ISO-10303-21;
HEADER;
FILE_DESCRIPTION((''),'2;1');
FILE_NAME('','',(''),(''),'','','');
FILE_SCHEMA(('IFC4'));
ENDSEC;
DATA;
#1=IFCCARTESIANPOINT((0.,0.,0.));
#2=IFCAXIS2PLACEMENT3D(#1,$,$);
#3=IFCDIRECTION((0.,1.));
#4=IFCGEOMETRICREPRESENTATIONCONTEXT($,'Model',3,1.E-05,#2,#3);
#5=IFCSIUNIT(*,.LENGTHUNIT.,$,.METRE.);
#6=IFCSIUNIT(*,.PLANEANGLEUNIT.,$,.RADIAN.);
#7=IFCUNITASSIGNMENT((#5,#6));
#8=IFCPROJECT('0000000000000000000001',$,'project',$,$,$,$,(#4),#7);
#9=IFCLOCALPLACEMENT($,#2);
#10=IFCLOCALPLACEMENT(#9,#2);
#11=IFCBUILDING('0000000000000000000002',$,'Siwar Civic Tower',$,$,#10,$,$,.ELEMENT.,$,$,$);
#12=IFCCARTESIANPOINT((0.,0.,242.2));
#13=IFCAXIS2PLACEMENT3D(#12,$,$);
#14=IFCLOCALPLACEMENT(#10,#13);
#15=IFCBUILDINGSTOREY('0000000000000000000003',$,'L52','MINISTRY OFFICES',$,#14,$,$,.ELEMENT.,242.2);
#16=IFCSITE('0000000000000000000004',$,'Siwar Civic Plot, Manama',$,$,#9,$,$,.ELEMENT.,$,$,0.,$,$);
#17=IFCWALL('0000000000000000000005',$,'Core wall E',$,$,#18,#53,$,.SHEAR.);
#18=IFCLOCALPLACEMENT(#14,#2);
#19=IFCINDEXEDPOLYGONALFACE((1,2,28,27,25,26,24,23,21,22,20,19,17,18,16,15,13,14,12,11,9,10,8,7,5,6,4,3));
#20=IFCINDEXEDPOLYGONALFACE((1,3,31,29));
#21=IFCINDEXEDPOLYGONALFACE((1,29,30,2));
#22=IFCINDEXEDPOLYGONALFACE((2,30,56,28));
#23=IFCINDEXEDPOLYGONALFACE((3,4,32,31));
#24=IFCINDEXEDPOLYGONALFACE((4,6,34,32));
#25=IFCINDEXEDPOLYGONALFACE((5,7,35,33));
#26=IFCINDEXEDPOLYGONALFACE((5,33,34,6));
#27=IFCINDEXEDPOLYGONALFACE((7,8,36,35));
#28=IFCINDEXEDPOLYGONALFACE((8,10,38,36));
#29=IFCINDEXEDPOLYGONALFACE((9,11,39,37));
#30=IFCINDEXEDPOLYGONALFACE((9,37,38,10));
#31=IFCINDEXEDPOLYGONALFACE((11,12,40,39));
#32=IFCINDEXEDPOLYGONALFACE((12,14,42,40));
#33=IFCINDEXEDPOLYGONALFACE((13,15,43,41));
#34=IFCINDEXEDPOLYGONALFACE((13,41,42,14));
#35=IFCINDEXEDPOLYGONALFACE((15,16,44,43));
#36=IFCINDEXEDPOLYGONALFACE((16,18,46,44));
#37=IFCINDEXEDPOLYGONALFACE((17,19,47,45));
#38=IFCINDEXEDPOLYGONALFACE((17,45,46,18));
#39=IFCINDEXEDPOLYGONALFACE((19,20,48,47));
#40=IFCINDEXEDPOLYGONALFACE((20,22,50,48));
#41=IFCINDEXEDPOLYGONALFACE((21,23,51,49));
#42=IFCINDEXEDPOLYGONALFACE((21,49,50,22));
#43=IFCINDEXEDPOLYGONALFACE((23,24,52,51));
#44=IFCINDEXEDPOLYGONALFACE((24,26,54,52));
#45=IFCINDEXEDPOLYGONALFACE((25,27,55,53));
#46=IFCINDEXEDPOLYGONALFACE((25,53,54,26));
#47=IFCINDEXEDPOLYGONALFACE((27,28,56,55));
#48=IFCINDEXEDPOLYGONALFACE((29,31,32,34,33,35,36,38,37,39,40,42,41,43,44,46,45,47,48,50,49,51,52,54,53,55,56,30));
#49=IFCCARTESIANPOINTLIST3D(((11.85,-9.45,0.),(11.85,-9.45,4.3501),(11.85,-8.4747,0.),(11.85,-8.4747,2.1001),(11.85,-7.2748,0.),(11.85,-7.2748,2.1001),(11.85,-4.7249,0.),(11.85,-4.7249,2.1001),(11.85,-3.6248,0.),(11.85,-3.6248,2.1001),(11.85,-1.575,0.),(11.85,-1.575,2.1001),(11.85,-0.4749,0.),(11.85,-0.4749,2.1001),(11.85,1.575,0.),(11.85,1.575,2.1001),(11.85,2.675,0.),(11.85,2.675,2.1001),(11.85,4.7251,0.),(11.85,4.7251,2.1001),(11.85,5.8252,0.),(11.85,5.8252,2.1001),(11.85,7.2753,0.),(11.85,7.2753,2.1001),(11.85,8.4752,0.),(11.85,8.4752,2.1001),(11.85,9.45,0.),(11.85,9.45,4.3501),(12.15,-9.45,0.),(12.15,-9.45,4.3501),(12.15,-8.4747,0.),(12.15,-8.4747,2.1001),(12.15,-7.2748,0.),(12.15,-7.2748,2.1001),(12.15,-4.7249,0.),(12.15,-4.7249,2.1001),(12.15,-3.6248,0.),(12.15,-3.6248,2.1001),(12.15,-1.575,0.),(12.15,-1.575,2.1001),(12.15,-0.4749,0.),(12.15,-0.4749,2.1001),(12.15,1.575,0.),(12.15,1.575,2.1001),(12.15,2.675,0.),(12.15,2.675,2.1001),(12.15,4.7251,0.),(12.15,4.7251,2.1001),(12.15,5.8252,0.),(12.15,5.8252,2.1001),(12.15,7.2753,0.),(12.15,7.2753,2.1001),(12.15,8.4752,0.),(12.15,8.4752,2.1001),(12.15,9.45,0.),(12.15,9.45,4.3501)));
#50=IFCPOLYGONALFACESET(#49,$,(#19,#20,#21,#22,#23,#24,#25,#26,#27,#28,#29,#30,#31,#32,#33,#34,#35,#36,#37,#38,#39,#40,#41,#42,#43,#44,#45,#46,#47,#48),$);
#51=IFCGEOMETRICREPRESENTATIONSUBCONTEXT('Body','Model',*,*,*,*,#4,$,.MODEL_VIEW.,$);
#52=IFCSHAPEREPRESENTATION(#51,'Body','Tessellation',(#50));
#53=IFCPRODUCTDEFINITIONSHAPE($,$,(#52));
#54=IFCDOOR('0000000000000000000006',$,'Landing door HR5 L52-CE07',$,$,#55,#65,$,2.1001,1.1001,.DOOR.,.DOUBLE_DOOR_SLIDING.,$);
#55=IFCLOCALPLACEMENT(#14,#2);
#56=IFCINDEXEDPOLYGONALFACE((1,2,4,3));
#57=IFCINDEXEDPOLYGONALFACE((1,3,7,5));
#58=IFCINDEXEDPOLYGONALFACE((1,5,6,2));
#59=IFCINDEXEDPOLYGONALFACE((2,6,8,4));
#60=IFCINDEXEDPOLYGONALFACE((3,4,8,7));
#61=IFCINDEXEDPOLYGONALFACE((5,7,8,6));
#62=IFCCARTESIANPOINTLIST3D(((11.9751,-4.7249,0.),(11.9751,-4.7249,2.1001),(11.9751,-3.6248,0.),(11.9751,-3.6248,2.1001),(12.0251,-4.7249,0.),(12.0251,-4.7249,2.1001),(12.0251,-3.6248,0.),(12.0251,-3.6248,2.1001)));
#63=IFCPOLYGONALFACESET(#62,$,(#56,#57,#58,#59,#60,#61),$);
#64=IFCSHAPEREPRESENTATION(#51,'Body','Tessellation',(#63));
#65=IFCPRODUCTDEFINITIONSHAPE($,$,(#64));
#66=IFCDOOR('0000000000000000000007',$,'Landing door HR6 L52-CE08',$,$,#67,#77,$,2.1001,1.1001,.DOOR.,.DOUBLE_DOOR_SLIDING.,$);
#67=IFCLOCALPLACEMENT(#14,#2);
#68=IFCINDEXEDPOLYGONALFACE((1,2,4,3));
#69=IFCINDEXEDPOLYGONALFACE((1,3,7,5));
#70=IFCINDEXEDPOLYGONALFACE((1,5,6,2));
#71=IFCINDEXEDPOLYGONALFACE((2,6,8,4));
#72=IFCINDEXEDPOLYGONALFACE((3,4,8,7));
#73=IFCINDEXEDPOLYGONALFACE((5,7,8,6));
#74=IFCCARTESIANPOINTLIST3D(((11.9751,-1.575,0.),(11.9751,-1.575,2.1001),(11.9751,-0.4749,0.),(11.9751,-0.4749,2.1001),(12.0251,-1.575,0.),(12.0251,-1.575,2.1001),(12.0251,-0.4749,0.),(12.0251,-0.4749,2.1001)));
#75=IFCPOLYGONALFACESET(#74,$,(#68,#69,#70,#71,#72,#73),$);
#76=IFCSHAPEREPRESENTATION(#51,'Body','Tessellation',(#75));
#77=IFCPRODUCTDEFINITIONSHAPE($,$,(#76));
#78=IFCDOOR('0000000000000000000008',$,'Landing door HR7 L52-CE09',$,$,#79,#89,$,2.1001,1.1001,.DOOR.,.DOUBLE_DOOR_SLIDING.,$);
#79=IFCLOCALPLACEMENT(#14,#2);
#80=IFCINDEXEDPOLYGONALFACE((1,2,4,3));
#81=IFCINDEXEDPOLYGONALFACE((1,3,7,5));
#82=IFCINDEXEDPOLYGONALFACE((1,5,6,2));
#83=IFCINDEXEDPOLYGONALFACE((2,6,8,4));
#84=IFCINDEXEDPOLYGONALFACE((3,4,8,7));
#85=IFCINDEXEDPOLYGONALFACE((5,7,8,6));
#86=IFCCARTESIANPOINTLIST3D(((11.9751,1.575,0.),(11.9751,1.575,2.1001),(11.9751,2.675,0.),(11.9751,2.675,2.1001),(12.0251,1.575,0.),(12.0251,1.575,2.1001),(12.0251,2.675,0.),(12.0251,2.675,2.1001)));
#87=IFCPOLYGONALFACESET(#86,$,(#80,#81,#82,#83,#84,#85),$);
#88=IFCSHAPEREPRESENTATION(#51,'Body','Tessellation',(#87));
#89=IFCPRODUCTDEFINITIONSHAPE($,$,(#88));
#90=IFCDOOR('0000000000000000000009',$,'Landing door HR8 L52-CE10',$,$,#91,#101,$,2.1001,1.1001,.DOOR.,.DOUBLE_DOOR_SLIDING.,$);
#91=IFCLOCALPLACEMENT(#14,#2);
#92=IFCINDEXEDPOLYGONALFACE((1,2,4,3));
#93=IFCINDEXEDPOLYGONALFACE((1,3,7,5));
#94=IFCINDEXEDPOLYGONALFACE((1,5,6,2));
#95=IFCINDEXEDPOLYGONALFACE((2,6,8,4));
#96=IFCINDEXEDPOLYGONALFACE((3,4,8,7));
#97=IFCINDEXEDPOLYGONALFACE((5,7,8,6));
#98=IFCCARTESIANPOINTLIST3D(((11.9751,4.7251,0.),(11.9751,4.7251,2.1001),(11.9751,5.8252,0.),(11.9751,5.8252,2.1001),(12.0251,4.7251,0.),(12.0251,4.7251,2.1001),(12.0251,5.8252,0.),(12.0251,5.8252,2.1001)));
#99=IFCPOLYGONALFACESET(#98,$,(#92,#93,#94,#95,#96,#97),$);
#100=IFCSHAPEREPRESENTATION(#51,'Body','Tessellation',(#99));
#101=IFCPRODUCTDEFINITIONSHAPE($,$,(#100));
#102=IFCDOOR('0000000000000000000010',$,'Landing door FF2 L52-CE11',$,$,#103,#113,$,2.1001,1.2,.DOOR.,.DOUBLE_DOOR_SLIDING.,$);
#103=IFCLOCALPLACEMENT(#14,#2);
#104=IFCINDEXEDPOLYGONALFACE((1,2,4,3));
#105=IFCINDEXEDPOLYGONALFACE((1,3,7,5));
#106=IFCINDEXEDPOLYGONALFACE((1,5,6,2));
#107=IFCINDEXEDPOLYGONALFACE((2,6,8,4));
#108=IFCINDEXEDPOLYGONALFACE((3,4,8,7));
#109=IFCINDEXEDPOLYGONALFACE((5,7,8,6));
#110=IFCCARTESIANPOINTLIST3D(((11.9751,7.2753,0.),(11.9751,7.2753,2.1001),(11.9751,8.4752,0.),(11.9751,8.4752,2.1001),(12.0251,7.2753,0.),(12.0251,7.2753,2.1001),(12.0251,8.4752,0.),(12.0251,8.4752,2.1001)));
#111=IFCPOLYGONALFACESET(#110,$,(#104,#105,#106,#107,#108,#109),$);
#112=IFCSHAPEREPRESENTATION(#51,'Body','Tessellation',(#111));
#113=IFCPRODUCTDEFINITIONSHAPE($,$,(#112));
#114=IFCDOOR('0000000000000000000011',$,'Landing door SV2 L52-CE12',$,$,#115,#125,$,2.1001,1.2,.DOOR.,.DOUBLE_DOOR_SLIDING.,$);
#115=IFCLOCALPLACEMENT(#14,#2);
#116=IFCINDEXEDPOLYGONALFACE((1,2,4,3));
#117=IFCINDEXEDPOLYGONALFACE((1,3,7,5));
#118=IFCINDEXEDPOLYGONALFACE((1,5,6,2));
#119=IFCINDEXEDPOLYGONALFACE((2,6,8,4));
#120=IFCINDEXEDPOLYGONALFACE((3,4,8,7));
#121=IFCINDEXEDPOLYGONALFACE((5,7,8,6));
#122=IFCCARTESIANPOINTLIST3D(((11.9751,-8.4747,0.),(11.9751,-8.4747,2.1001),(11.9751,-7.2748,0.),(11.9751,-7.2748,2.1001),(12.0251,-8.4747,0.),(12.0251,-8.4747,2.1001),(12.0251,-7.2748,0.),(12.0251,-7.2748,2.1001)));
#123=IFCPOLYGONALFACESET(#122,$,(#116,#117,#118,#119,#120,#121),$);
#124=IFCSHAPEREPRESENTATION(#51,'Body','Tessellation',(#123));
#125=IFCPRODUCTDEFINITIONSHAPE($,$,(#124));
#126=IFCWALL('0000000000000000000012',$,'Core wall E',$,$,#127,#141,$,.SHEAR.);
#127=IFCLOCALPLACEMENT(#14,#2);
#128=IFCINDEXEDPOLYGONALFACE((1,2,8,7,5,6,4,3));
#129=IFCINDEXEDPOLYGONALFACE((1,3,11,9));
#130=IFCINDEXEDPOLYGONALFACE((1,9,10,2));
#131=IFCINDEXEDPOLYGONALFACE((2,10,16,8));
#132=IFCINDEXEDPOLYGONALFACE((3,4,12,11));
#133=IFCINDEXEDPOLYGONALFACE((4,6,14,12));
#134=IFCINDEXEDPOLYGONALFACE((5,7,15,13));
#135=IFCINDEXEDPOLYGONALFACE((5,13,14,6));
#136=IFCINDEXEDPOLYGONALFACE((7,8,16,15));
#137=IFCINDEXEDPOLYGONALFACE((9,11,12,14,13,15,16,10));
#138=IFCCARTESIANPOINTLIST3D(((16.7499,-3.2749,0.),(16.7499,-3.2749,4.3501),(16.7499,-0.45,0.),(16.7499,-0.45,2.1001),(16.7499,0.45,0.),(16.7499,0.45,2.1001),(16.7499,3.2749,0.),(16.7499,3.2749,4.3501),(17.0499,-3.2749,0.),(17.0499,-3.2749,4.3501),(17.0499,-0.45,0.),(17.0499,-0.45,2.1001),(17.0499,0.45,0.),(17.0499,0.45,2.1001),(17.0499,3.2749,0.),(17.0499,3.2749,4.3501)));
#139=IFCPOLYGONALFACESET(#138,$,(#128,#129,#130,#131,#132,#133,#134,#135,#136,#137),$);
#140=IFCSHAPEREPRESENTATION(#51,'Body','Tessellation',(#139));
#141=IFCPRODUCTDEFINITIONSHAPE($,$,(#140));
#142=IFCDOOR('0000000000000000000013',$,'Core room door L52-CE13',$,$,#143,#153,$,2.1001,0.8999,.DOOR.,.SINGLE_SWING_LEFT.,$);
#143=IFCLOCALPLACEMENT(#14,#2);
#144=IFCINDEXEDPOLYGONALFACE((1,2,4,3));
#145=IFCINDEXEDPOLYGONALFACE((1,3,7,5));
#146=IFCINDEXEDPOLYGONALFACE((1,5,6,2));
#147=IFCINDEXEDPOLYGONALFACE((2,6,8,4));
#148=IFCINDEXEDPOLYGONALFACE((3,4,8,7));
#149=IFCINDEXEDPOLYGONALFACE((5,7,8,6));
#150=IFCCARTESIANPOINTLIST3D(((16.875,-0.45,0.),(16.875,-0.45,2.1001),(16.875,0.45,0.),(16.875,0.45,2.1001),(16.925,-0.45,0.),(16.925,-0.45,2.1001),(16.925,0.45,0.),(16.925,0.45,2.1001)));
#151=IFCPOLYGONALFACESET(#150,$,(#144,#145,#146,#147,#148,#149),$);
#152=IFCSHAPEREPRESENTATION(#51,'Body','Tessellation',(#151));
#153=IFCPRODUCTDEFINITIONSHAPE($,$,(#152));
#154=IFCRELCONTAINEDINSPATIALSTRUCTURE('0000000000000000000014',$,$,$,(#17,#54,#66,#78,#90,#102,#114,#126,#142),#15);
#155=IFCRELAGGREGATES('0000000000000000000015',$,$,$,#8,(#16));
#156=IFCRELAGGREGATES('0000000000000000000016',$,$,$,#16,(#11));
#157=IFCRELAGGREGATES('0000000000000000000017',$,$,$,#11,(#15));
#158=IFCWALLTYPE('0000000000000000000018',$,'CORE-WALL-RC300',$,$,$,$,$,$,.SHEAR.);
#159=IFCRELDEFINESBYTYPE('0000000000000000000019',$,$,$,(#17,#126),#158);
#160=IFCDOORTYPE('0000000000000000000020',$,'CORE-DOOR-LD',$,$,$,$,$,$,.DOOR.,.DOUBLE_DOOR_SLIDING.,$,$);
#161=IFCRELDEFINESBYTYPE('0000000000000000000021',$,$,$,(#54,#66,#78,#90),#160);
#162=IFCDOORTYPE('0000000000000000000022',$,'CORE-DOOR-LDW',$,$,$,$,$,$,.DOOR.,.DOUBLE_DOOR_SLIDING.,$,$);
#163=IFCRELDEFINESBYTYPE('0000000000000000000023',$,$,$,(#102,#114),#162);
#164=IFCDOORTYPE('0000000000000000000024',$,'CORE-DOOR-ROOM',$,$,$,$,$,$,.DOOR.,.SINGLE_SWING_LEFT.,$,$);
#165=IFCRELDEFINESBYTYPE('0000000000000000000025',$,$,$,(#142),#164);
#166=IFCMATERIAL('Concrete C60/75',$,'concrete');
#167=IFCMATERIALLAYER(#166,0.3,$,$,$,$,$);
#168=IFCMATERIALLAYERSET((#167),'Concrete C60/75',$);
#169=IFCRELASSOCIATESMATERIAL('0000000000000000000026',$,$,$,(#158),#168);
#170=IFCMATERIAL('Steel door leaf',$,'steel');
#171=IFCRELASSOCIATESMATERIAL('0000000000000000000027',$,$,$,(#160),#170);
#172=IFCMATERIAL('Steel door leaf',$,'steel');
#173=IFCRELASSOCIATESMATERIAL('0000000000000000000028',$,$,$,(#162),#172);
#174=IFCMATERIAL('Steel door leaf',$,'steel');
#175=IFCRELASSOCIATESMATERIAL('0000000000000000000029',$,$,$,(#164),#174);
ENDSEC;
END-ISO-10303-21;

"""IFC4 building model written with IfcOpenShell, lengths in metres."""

from ifc_helpers import new_model, si_unit, direction, frame, frame_2d, origin, place, context, subcontext, project, spatial, rectangle, extrude, material, layer, layer_set, type_object, element, fill, save


model = new_model("IFC4")

# Units and contexts
model_context = context("Model", 3, precision=1e-05, world=origin(), true_north=direction((0.0, 1.0)))
body_context = subcontext(model_context, "Body", "Model", "MODEL_VIEW")
ifc_project = project(units=[si_unit("LENGTHUNIT", "METRE"), si_unit("PLANEANGLEUNIT", "RADIAN")], contexts=[model_context])

# Site, building, storey
site_placement = place(None, origin())
site = spatial("IfcSite", under=ifc_project, at=site_placement, Name="Siwar Civic Plot, Manama", CompositionType="ELEMENT", RefElevation=0.0)
building_placement = place(site_placement, origin())
building = spatial("IfcBuilding", under=site, at=building_placement, Name="Siwar Civic Tower", CompositionType="ELEMENT")
storey_placement = place(building_placement, frame((0.0, 0.0, 242.2)))
storey = spatial("IfcBuildingStorey", under=building, at=storey_placement, Name="L52", Description="MINISTRY OFFICES", CompositionType="ELEMENT", Elevation=242.2)

# Wall, openings, doors
ifc_material_1 = material(Name="Concrete C60/75", Category="concrete")
ifc_layer_1 = layer(ifc_material_1, 0.3)
ifc_layer_set_1 = layer_set([ifc_layer_1], Name="Concrete C60/75")
wall_type_1 = type_object("IfcWallType", Name="CORE-WALL-RC300", PredefinedType="SHEAR", material=ifc_layer_set_1)
wall_1_placement = place(storey_placement, frame((12.0, -9.45, 0.0), z_axis=(0.0, 0.0, 1.0), x_axis=(0.0, 1.0, 0.0)))
wall_1 = element("IfcWall", 1, at=wall_1_placement, inside=storey, type_object=wall_type_1, Name="Core wall E", PredefinedType="SHEAR", context=body_context, shape_type="SweptSolid", body=[
    extrude(rectangle(XDim=18.8999, YDim=0.3, at=frame_2d((9.45, 0.0))), origin(), (0.0, 0.0, 1.0), 4.3501),
])
opening_1_placement = place(wall_1_placement, frame((4.7251, 0.0, 0.0)))
opening_1 = element("IfcOpeningElement", 2, at=opening_1_placement, cuts=wall_1, PredefinedType="OPENING", context=body_context, shape_type="SweptSolid", body=[
    extrude(rectangle(XDim=1.1001, YDim=2.1001, at=frame_2d((0.55, 1.05))), frame((0.0, 0.1602, 0.0), z_axis=(0.0, -1.0, 0.0), x_axis=(1.0, 0.0, 0.0)), (0.0, 0.0, 1.0), 0.3201),
])
opening_2_placement = place(wall_1_placement, frame((7.875, 0.0, 0.0)))
opening_2 = element("IfcOpeningElement", 3, at=opening_2_placement, cuts=wall_1, PredefinedType="OPENING", context=body_context, shape_type="SweptSolid", body=[
    extrude(rectangle(XDim=1.1001, YDim=2.1001, at=frame_2d((0.55, 1.05))), frame((0.0, 0.1602, 0.0), z_axis=(0.0, -1.0, 0.0), x_axis=(1.0, 0.0, 0.0)), (0.0, 0.0, 1.0), 0.3201),
])
opening_3_placement = place(wall_1_placement, frame((11.0249, 0.0, 0.0)))
opening_3 = element("IfcOpeningElement", 4, at=opening_3_placement, cuts=wall_1, PredefinedType="OPENING", context=body_context, shape_type="SweptSolid", body=[
    extrude(rectangle(XDim=1.1001, YDim=2.1001, at=frame_2d((0.55, 1.05))), frame((0.0, 0.1602, 0.0), z_axis=(0.0, -1.0, 0.0), x_axis=(1.0, 0.0, 0.0)), (0.0, 0.0, 1.0), 0.3201),
])
opening_4_placement = place(wall_1_placement, frame((14.175, 0.0, 0.0)))
opening_4 = element("IfcOpeningElement", 5, at=opening_4_placement, cuts=wall_1, PredefinedType="OPENING", context=body_context, shape_type="SweptSolid", body=[
    extrude(rectangle(XDim=1.1001, YDim=2.1001, at=frame_2d((0.55, 1.05))), frame((0.0, 0.1602, 0.0), z_axis=(0.0, -1.0, 0.0), x_axis=(1.0, 0.0, 0.0)), (0.0, 0.0, 1.0), 0.3201),
])
opening_5_placement = place(wall_1_placement, frame((16.7251, 0.0, 0.0)))
opening_5 = element("IfcOpeningElement", 6, at=opening_5_placement, cuts=wall_1, PredefinedType="OPENING", context=body_context, shape_type="SweptSolid", body=[
    extrude(rectangle(XDim=1.2, YDim=2.1001, at=frame_2d((0.6001, 1.05))), frame((0.0, 0.1602, 0.0), z_axis=(0.0, -1.0, 0.0), x_axis=(1.0, 0.0, 0.0)), (0.0, 0.0, 1.0), 0.3201),
])
opening_6_placement = place(wall_1_placement, frame((0.9751, 0.0, 0.0)))
opening_6 = element("IfcOpeningElement", 7, at=opening_6_placement, cuts=wall_1, PredefinedType="OPENING", context=body_context, shape_type="SweptSolid", body=[
    extrude(rectangle(XDim=1.2, YDim=2.1001, at=frame_2d((0.6001, 1.05))), frame((0.0, 0.1602, 0.0), z_axis=(0.0, -1.0, 0.0), x_axis=(1.0, 0.0, 0.0)), (0.0, 0.0, 1.0), 0.3201),
])
ifc_material_2 = material(Name="Steel door leaf", Category="steel")
door_type_1 = type_object("IfcDoorType", Name="CORE-DOOR-LD", OperationType="DOUBLE_DOOR_SLIDING", PredefinedType="DOOR", material=ifc_material_2)
door_1_placement = place(opening_1_placement, origin())
door_1 = element("IfcDoor", 8, at=door_1_placement, inside=storey, type_object=door_type_1, Name="Landing door HR5 L52-CE07", OperationType="DOUBLE_DOOR_SLIDING", OverallHeight=2.1001, OverallWidth=1.1001, PredefinedType="DOOR", context=body_context, shape_type="SweptSolid", body=[
    extrude(rectangle(XDim=1.1001, YDim=2.1001, at=frame_2d((0.55, 1.05))), frame((0.0, 0.0249, 0.0), z_axis=(0.0, -1.0, 0.0), x_axis=(1.0, 0.0, 0.0)), (0.0, 0.0, 1.0), 0.05),
])
fill(opening_1, door_1)
door_2_placement = place(opening_2_placement, origin())
door_2 = element("IfcDoor", 9, at=door_2_placement, inside=storey, type_object=door_type_1, Name="Landing door HR6 L52-CE08", OperationType="DOUBLE_DOOR_SLIDING", OverallHeight=2.1001, OverallWidth=1.1001, PredefinedType="DOOR", context=body_context, shape_type="SweptSolid", body=[
    extrude(rectangle(XDim=1.1001, YDim=2.1001, at=frame_2d((0.55, 1.05))), frame((0.0, 0.0249, 0.0), z_axis=(0.0, -1.0, 0.0), x_axis=(1.0, 0.0, 0.0)), (0.0, 0.0, 1.0), 0.05),
])
fill(opening_2, door_2)
door_3_placement = place(opening_3_placement, origin())
door_3 = element("IfcDoor", 10, at=door_3_placement, inside=storey, type_object=door_type_1, Name="Landing door HR7 L52-CE09", OperationType="DOUBLE_DOOR_SLIDING", OverallHeight=2.1001, OverallWidth=1.1001, PredefinedType="DOOR", context=body_context, shape_type="SweptSolid", body=[
    extrude(rectangle(XDim=1.1001, YDim=2.1001, at=frame_2d((0.55, 1.05))), frame((0.0, 0.0249, 0.0), z_axis=(0.0, -1.0, 0.0), x_axis=(1.0, 0.0, 0.0)), (0.0, 0.0, 1.0), 0.05),
])
fill(opening_3, door_3)
door_4_placement = place(opening_4_placement, origin())
door_4 = element("IfcDoor", 11, at=door_4_placement, inside=storey, type_object=door_type_1, Name="Landing door HR8 L52-CE10", OperationType="DOUBLE_DOOR_SLIDING", OverallHeight=2.1001, OverallWidth=1.1001, PredefinedType="DOOR", context=body_context, shape_type="SweptSolid", body=[
    extrude(rectangle(XDim=1.1001, YDim=2.1001, at=frame_2d((0.55, 1.05))), frame((0.0, 0.0249, 0.0), z_axis=(0.0, -1.0, 0.0), x_axis=(1.0, 0.0, 0.0)), (0.0, 0.0, 1.0), 0.05),
])
fill(opening_4, door_4)
ifc_material_3 = material(Name="Steel door leaf", Category="steel")
door_type_2 = type_object("IfcDoorType", Name="CORE-DOOR-LDW", OperationType="DOUBLE_DOOR_SLIDING", PredefinedType="DOOR", material=ifc_material_3)
door_5_placement = place(opening_5_placement, origin())
door_5 = element("IfcDoor", 12, at=door_5_placement, inside=storey, type_object=door_type_2, Name="Landing door FF2 L52-CE11", OperationType="DOUBLE_DOOR_SLIDING", OverallHeight=2.1001, OverallWidth=1.2, PredefinedType="DOOR", context=body_context, shape_type="SweptSolid", body=[
    extrude(rectangle(XDim=1.2, YDim=2.1001, at=frame_2d((0.6001, 1.05))), frame((0.0, 0.0249, 0.0), z_axis=(0.0, -1.0, 0.0), x_axis=(1.0, 0.0, 0.0)), (0.0, 0.0, 1.0), 0.05),
])
fill(opening_5, door_5)
door_6_placement = place(opening_6_placement, origin())
door_6 = element("IfcDoor", 13, at=door_6_placement, inside=storey, type_object=door_type_2, Name="Landing door SV2 L52-CE12", OperationType="DOUBLE_DOOR_SLIDING", OverallHeight=2.1001, OverallWidth=1.2, PredefinedType="DOOR", context=body_context, shape_type="SweptSolid", body=[
    extrude(rectangle(XDim=1.2, YDim=2.1001, at=frame_2d((0.6001, 1.05))), frame((0.0, 0.0249, 0.0), z_axis=(0.0, -1.0, 0.0), x_axis=(1.0, 0.0, 0.0)), (0.0, 0.0, 1.0), 0.05),
])
fill(opening_6, door_6)

# Wall, opening, door
wall_2_placement = place(storey_placement, frame((16.8999, -3.2749, 0.0), z_axis=(0.0, 0.0, 1.0), x_axis=(0.0, 1.0, 0.0)))
wall_2 = element("IfcWall", 14, at=wall_2_placement, inside=storey, type_object=wall_type_1, Name="Core wall E", PredefinedType="SHEAR", context=body_context, shape_type="SweptSolid", body=[
    extrude(rectangle(XDim=6.5498, YDim=0.3, at=frame_2d((3.2749, 0.0))), origin(), (0.0, 0.0, 1.0), 4.3501),
])
opening_7_placement = place(wall_2_placement, frame((2.825, 0.0, 0.0)))
opening_7 = element("IfcOpeningElement", 15, at=opening_7_placement, cuts=wall_2, PredefinedType="OPENING", context=body_context, shape_type="SweptSolid", body=[
    extrude(rectangle(XDim=0.8999, YDim=2.1001, at=frame_2d((0.45, 1.05))), frame((0.0, 0.1602, 0.0), z_axis=(0.0, -1.0, 0.0), x_axis=(1.0, 0.0, 0.0)), (0.0, 0.0, 1.0), 0.3201),
])
ifc_material_4 = material(Name="Steel door leaf", Category="steel")
door_type_3 = type_object("IfcDoorType", Name="CORE-DOOR-ROOM", OperationType="SINGLE_SWING_LEFT", PredefinedType="DOOR", material=ifc_material_4)
door_7_placement = place(opening_7_placement, origin())
door_7 = element("IfcDoor", 16, at=door_7_placement, inside=storey, type_object=door_type_3, Name="Core room door L52-CE13", OperationType="SINGLE_SWING_LEFT", OverallHeight=2.1001, OverallWidth=0.8999, PredefinedType="DOOR", context=body_context, shape_type="SweptSolid", body=[
    extrude(rectangle(XDim=0.8999, YDim=2.1001, at=frame_2d((0.45, 1.05))), frame((0.0, 0.0249, 0.0), z_axis=(0.0, -1.0, 0.0), x_axis=(1.0, 0.0, 0.0)), (0.0, 0.0, 1.0), 0.05),
])
fill(opening_7, door_7)

save(model, "model.ifc")
